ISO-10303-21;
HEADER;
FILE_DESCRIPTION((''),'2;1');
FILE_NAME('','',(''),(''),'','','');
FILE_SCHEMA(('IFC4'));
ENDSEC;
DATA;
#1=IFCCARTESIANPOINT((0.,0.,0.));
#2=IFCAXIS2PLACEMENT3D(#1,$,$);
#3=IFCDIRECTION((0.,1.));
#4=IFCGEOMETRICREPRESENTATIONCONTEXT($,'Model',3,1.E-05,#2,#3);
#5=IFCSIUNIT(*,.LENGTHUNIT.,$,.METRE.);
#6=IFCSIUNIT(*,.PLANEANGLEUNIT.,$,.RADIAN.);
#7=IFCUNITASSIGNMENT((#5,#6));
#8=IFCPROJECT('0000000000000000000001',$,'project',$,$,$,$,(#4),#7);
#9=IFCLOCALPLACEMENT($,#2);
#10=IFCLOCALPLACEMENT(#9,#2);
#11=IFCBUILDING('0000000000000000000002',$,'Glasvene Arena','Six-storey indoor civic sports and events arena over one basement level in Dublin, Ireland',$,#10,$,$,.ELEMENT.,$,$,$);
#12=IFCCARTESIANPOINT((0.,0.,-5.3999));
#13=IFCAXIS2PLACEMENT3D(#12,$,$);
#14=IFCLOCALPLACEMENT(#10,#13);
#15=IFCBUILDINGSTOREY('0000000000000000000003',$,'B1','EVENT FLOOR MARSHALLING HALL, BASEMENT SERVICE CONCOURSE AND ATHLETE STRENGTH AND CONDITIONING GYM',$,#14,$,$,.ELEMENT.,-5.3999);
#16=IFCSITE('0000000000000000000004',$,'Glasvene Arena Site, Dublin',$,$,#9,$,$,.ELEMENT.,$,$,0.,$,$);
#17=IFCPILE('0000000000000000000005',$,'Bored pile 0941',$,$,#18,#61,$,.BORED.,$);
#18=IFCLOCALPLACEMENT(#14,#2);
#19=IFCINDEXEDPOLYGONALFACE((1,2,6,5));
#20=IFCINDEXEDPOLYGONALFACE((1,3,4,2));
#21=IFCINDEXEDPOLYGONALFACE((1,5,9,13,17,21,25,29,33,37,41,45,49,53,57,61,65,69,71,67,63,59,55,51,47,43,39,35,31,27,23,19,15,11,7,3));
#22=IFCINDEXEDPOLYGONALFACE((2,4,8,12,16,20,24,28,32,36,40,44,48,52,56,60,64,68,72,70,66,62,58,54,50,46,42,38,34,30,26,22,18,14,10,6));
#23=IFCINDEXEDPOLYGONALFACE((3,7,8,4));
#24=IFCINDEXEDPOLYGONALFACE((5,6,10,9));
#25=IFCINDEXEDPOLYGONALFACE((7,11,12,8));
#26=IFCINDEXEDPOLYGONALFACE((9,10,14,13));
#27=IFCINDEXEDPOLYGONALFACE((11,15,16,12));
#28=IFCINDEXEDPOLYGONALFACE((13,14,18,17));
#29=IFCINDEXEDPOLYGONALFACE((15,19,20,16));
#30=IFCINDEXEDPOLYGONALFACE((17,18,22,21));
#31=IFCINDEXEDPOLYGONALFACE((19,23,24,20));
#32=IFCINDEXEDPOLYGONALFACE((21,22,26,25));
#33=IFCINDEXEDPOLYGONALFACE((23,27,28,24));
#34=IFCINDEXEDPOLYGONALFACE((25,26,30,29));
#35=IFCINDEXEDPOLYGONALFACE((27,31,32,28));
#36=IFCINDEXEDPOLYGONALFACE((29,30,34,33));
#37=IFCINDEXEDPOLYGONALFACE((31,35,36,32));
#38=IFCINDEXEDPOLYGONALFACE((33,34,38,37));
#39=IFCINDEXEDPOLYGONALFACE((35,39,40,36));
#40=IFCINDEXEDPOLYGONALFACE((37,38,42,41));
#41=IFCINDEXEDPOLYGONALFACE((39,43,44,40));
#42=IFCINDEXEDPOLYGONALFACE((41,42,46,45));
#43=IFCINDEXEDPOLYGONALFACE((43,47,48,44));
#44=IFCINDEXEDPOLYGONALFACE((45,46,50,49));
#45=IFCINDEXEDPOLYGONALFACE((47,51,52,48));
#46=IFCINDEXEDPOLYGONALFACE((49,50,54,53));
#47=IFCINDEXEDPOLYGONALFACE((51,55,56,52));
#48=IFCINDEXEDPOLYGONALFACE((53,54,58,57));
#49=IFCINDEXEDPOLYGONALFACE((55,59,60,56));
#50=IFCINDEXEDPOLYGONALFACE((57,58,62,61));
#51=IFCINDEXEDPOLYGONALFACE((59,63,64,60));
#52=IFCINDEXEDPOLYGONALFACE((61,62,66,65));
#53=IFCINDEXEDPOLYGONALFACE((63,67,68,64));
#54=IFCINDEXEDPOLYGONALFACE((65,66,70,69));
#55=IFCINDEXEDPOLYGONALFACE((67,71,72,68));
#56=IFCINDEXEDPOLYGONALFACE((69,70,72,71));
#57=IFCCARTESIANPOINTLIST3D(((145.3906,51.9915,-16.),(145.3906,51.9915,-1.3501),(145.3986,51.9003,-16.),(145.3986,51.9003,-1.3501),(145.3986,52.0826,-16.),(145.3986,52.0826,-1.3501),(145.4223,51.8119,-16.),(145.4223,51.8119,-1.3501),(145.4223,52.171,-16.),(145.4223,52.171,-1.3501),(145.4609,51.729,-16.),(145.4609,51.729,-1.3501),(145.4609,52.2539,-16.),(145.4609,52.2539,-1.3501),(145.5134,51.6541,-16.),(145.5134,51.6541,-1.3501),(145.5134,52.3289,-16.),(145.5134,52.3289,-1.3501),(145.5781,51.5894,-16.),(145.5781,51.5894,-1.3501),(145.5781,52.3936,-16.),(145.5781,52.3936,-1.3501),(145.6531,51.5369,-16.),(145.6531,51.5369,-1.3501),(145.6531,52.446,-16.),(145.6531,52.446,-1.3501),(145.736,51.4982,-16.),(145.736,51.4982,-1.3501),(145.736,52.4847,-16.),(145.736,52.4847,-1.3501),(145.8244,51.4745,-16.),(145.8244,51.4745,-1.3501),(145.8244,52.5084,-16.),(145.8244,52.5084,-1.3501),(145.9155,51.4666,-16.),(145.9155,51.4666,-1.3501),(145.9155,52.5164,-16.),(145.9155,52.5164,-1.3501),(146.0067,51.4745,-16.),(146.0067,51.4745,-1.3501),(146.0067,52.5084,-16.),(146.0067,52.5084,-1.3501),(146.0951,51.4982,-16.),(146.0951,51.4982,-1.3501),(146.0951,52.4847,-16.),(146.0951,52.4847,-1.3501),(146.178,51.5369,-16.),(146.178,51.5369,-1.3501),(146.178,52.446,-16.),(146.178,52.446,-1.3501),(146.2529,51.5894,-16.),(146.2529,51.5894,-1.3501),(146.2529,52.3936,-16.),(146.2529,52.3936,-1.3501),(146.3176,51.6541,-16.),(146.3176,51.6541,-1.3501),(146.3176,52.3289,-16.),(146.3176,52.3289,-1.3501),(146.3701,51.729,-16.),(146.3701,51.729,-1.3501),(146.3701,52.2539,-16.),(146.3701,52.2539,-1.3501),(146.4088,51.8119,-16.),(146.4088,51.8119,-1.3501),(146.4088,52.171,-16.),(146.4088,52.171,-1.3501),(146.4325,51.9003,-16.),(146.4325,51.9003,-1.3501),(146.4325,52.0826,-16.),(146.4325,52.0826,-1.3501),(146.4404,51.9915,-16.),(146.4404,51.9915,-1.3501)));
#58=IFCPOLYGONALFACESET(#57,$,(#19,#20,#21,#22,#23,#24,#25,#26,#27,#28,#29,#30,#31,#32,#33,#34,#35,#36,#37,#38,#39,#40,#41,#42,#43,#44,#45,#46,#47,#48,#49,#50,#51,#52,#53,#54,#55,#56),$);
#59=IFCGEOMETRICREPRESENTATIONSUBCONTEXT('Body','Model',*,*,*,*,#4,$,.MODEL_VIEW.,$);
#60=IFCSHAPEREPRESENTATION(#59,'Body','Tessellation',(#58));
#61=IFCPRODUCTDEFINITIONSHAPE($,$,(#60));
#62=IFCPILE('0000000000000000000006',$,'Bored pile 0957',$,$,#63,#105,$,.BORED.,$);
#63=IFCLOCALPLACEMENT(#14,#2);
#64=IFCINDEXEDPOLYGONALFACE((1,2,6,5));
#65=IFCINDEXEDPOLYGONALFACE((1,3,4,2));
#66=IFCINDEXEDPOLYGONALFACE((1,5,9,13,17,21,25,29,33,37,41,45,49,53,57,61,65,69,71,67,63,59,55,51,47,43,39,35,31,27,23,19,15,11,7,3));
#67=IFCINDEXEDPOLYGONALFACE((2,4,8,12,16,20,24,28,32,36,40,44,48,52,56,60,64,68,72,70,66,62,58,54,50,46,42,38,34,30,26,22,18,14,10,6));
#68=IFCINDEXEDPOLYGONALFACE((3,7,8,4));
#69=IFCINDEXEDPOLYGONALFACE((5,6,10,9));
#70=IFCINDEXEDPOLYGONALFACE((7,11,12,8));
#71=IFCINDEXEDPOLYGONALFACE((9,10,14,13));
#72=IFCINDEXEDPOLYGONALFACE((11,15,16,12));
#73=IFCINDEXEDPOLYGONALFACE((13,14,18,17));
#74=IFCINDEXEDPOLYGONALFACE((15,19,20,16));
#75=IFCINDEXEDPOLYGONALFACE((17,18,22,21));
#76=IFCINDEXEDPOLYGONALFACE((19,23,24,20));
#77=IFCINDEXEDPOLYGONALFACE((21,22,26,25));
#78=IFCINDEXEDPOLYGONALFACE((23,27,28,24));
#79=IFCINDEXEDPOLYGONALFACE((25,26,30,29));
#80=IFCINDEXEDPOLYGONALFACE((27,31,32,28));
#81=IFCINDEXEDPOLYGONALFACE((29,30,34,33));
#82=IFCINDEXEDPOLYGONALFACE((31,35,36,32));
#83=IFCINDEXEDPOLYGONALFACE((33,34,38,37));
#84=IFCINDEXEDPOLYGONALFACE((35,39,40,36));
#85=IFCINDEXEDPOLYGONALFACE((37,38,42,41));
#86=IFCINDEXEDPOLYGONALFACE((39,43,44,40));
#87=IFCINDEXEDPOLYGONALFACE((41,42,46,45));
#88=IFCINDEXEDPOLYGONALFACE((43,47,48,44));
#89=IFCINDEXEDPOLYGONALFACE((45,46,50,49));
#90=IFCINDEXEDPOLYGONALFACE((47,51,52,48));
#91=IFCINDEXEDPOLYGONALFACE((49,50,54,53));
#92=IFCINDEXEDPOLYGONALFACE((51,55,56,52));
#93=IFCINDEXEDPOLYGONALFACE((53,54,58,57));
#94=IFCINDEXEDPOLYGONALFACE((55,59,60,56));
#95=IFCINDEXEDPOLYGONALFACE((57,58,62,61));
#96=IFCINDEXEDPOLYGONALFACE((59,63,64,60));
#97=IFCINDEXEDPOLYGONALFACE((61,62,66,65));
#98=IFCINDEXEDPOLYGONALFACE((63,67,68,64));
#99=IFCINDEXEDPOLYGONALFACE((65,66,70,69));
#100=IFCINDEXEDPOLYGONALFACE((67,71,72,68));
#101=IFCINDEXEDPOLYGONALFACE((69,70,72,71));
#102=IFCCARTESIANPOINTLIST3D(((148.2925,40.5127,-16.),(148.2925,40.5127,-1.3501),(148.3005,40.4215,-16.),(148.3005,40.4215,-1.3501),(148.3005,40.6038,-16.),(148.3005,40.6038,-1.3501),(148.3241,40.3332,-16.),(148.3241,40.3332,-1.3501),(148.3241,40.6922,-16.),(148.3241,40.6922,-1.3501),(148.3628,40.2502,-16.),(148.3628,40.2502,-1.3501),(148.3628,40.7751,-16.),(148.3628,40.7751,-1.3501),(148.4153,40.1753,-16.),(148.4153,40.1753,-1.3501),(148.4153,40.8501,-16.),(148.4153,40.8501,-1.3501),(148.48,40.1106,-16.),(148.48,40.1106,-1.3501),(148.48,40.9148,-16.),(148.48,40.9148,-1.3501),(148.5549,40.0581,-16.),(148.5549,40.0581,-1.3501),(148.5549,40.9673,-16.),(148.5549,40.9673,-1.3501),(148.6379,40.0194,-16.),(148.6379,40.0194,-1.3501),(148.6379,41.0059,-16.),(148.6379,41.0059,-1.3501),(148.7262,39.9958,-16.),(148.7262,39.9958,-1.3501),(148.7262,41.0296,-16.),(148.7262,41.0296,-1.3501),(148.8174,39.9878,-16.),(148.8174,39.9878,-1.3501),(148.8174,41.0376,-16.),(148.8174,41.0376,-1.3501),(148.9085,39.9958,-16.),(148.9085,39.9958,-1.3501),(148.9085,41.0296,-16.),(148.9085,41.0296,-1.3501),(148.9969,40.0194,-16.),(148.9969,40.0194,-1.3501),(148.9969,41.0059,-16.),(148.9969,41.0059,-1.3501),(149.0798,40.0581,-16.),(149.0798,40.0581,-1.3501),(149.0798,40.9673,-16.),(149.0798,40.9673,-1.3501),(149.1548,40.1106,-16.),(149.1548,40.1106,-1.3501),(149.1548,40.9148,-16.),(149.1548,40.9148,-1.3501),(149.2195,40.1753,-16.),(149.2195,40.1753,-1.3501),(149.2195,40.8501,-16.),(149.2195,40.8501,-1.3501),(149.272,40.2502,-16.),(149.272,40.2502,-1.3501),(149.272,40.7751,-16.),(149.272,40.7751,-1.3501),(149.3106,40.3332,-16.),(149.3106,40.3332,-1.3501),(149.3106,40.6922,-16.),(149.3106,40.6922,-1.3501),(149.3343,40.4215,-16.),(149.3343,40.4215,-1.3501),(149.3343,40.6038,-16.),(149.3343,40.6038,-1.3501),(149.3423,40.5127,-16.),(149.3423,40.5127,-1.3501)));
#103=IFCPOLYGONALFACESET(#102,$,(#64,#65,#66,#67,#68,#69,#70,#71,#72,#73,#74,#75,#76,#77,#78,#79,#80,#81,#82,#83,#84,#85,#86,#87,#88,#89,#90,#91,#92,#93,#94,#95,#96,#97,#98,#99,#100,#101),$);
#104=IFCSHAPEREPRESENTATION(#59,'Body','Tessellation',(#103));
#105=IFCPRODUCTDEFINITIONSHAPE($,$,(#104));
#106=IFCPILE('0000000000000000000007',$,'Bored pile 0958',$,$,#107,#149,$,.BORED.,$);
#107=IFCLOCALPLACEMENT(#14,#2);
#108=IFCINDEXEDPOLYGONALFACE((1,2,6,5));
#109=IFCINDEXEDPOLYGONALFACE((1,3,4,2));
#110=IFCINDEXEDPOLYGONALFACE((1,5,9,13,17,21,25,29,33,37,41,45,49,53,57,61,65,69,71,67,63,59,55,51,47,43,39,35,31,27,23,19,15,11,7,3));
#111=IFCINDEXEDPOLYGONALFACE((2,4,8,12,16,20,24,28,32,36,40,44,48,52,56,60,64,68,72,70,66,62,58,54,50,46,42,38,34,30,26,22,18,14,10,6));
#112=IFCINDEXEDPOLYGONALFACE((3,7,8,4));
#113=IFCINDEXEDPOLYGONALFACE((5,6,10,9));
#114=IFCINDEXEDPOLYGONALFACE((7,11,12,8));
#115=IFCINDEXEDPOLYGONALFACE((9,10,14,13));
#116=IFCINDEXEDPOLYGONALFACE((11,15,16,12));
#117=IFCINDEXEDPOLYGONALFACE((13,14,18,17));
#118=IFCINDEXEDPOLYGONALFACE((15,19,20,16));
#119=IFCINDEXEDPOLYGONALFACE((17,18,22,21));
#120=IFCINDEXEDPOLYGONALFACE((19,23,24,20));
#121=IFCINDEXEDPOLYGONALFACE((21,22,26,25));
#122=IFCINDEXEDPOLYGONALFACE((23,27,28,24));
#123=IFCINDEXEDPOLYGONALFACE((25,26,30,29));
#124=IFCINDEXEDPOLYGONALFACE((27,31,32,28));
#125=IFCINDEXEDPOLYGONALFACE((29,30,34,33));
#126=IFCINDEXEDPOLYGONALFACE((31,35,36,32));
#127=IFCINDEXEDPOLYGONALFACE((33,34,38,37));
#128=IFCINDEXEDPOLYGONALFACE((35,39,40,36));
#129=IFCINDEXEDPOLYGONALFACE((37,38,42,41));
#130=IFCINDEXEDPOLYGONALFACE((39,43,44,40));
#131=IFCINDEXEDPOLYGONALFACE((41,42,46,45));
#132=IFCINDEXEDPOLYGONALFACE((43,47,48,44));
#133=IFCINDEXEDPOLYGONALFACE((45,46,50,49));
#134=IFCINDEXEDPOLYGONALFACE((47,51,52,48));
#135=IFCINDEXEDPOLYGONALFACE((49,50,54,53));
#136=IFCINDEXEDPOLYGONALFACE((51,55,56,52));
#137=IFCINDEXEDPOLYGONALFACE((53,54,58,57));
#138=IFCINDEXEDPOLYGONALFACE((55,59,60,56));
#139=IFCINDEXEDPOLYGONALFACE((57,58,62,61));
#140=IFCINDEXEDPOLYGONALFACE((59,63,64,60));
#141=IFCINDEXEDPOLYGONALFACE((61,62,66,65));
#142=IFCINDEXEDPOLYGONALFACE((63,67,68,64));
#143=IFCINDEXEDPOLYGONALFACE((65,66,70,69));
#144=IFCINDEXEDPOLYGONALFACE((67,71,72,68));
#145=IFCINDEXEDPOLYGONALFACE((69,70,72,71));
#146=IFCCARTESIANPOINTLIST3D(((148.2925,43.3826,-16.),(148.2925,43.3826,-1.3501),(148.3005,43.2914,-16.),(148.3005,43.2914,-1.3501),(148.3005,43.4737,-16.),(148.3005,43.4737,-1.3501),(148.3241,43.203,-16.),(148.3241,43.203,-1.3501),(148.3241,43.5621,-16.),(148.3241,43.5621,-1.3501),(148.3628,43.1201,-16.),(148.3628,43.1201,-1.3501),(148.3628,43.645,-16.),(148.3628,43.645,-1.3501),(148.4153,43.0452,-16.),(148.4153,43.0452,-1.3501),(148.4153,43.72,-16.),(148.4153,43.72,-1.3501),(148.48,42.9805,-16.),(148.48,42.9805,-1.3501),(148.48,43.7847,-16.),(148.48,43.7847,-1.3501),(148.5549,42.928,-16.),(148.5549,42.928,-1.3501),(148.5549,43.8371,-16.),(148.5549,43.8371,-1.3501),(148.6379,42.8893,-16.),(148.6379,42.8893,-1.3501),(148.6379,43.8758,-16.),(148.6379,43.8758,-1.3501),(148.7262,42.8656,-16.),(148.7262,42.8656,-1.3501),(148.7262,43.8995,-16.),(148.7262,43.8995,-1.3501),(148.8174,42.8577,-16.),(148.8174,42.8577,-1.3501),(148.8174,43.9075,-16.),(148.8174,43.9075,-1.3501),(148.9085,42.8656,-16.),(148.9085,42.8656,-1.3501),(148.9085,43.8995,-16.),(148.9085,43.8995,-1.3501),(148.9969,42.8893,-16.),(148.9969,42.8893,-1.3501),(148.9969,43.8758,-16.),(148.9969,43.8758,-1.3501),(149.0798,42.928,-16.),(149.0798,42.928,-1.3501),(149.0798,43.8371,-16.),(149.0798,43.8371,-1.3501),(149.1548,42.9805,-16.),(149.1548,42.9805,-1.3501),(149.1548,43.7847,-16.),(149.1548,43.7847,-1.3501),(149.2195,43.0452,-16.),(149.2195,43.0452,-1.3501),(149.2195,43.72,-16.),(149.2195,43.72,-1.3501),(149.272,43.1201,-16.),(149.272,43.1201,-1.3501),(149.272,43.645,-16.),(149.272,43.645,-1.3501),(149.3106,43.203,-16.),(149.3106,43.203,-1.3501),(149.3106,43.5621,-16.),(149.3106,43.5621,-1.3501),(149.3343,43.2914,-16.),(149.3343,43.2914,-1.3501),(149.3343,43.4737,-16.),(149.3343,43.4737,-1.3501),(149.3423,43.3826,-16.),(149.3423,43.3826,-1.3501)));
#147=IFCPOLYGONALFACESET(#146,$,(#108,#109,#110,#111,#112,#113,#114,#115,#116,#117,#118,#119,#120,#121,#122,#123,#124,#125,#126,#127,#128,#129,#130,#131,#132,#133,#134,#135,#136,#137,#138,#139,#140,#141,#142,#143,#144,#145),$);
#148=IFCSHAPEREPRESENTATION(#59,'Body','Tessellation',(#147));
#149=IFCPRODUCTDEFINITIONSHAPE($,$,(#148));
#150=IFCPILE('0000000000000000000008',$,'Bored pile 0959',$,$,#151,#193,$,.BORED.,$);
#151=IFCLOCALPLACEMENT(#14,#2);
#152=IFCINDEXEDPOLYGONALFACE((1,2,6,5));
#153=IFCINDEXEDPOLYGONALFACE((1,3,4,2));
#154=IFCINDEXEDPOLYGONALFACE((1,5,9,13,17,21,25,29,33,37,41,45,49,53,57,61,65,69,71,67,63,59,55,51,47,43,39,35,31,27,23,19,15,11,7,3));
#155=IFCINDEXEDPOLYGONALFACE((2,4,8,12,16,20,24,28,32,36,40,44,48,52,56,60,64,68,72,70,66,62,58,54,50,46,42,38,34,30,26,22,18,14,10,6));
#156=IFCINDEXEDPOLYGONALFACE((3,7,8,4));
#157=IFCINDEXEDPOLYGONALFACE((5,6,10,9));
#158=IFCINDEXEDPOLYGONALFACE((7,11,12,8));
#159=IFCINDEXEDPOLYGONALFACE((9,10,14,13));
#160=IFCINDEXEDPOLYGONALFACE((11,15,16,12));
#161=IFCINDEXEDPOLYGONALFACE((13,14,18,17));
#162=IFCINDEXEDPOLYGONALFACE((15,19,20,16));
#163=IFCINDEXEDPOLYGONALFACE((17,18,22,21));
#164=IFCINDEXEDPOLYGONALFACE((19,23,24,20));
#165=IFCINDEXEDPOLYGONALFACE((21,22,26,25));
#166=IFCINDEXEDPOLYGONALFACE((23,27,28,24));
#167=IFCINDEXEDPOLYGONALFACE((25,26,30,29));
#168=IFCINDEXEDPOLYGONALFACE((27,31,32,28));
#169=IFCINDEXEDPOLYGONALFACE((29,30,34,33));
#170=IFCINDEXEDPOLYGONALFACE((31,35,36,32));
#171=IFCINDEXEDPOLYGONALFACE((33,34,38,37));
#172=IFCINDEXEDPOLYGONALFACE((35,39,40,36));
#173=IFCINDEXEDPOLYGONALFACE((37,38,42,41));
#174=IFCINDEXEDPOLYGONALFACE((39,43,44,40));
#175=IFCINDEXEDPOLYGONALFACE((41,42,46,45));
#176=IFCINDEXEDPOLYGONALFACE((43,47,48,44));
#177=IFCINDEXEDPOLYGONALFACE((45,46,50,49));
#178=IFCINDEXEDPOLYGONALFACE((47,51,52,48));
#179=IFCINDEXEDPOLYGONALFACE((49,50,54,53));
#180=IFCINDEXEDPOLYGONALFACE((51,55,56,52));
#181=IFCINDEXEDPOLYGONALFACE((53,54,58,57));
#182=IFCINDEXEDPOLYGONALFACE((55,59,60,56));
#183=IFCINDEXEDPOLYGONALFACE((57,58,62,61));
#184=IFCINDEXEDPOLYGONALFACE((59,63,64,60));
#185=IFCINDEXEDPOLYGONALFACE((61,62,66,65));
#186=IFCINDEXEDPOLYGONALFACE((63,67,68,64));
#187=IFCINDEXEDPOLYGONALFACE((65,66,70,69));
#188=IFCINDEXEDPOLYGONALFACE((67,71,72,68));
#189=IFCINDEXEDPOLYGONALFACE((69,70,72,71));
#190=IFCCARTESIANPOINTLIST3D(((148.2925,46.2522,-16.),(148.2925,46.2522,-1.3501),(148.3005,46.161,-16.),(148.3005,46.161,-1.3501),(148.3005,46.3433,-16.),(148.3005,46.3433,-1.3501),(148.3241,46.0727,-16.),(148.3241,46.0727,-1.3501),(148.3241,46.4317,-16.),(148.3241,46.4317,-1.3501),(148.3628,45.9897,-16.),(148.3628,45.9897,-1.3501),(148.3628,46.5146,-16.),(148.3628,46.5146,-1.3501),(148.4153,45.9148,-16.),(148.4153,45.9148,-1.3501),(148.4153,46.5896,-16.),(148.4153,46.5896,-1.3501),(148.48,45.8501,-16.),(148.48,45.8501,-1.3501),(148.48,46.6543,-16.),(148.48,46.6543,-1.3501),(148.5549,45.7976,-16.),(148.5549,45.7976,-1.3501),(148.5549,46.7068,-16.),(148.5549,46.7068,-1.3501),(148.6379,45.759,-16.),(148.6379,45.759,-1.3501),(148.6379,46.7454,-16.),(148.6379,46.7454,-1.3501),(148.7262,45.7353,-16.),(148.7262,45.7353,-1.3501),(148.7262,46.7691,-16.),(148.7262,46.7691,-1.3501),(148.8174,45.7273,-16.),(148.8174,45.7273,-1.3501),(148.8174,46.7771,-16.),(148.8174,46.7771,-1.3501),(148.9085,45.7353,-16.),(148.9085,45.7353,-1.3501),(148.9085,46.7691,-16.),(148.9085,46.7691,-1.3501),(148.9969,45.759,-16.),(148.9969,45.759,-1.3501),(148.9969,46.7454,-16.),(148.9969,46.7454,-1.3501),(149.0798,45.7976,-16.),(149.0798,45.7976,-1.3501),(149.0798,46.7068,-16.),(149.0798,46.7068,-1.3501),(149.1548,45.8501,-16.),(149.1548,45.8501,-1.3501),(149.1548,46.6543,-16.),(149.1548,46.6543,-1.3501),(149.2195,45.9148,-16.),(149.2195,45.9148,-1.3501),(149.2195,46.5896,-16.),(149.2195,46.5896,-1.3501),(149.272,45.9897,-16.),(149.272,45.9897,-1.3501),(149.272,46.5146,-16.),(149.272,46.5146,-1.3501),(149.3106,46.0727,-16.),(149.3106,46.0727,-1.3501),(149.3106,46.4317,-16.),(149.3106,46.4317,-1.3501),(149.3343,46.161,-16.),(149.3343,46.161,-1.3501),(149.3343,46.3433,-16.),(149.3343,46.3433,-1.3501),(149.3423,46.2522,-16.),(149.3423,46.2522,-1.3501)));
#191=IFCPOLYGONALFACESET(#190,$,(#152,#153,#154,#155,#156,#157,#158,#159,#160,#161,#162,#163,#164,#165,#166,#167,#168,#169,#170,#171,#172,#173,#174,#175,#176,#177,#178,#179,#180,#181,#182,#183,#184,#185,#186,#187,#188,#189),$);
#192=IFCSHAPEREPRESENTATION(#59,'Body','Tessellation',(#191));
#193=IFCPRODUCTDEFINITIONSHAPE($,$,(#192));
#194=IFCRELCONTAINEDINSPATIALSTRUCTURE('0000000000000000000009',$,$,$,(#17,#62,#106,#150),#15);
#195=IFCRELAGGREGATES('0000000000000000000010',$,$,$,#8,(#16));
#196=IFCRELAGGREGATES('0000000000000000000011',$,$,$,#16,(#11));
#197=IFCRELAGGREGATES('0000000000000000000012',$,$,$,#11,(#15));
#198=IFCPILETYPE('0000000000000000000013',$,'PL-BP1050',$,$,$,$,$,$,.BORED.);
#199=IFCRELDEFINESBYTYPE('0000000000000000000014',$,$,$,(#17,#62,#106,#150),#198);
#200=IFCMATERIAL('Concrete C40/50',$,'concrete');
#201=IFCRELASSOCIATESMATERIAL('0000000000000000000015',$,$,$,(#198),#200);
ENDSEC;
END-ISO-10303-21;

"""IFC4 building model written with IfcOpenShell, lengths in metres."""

from ifc_helpers import new_model, si_unit, direction, frame, origin, origin_2d, place, context, subcontext, project, spatial, circle, extrude, material, material_profile, profile_set, type_object, element, save


model = new_model("IFC4")

# Units and contexts
model_context = context("Model", 3, precision=1e-05, world=origin(), true_north=direction((0.0, 1.0)))
body_context = subcontext(model_context, "Body", "Model", "MODEL_VIEW")
ifc_project = project(units=[si_unit("LENGTHUNIT", "METRE"), si_unit("PLANEANGLEUNIT", "RADIAN")], contexts=[model_context])

# Site, building, storey
site_placement = place(None, origin())
site = spatial("IfcSite", under=ifc_project, at=site_placement, Name="Glasvene Arena Site, Dublin", CompositionType="ELEMENT", RefElevation=0.0)
building_placement = place(site_placement, origin())
building = spatial("IfcBuilding", under=site, at=building_placement, Name="Glasvene Arena", Description="Six-storey indoor civic sports and events arena over one basement level in Dublin, Ireland", CompositionType="ELEMENT")
storey_placement = place(building_placement, frame((0.0, 0.0, -5.3999)))
storey = spatial("IfcBuildingStorey", under=building, at=storey_placement, Name="B1", Description="EVENT FLOOR MARSHALLING HALL, BASEMENT SERVICE CONCOURSE AND ATHLETE STRENGTH AND CONDITIONING GYM", CompositionType="ELEMENT", Elevation=-5.3999)

# Piles
ifc_material_1 = material(Name="Concrete C40/50", Category="concrete")
ifc_material_profile_1 = material_profile(ifc_material_1, circle(Radius=0.5249, at=origin_2d()), Name="BORED PILE 1050")
ifc_profile_set_1 = profile_set([ifc_material_profile_1], Name="Concrete C40/50")
pile_type = type_object("IfcPileType", Name="PL-BP1050", PredefinedType="BORED", material=ifc_profile_set_1)
for number, where, z_axis, x_axis, name in (
    (1, (145.9155, 51.9915, -1.3501), (0.0, 0.0, -1.0), (1.0, 0.0, 0.0), "Bored pile 0941"),
    (2, (148.8174, 40.5127, -1.3501), (0.0, 0.0, -1.0), (1.0, 0.0, 0.0), "Bored pile 0957"),
    (3, (148.8174, 43.3826, -1.3501), (0.0, 0.0, -1.0), (1.0, 0.0, 0.0), "Bored pile 0958"),
    (4, (148.8174, 46.2522, -1.3501), (0.0, 0.0, -1.0), (1.0, 0.0, 0.0), "Bored pile 0959"),
):
    element("IfcPile", number, at=place(storey_placement, frame(where, z_axis=z_axis, x_axis=x_axis)), inside=storey, type_object=pile_type, Name=name, PredefinedType="BORED", context=body_context, shape_type="SweptSolid", body=[
        extrude(circle(Radius=0.5249, at=origin_2d()), origin(), (0.0, 0.0, 1.0), 14.6499),
    ])

save(model, "model.ifc")
